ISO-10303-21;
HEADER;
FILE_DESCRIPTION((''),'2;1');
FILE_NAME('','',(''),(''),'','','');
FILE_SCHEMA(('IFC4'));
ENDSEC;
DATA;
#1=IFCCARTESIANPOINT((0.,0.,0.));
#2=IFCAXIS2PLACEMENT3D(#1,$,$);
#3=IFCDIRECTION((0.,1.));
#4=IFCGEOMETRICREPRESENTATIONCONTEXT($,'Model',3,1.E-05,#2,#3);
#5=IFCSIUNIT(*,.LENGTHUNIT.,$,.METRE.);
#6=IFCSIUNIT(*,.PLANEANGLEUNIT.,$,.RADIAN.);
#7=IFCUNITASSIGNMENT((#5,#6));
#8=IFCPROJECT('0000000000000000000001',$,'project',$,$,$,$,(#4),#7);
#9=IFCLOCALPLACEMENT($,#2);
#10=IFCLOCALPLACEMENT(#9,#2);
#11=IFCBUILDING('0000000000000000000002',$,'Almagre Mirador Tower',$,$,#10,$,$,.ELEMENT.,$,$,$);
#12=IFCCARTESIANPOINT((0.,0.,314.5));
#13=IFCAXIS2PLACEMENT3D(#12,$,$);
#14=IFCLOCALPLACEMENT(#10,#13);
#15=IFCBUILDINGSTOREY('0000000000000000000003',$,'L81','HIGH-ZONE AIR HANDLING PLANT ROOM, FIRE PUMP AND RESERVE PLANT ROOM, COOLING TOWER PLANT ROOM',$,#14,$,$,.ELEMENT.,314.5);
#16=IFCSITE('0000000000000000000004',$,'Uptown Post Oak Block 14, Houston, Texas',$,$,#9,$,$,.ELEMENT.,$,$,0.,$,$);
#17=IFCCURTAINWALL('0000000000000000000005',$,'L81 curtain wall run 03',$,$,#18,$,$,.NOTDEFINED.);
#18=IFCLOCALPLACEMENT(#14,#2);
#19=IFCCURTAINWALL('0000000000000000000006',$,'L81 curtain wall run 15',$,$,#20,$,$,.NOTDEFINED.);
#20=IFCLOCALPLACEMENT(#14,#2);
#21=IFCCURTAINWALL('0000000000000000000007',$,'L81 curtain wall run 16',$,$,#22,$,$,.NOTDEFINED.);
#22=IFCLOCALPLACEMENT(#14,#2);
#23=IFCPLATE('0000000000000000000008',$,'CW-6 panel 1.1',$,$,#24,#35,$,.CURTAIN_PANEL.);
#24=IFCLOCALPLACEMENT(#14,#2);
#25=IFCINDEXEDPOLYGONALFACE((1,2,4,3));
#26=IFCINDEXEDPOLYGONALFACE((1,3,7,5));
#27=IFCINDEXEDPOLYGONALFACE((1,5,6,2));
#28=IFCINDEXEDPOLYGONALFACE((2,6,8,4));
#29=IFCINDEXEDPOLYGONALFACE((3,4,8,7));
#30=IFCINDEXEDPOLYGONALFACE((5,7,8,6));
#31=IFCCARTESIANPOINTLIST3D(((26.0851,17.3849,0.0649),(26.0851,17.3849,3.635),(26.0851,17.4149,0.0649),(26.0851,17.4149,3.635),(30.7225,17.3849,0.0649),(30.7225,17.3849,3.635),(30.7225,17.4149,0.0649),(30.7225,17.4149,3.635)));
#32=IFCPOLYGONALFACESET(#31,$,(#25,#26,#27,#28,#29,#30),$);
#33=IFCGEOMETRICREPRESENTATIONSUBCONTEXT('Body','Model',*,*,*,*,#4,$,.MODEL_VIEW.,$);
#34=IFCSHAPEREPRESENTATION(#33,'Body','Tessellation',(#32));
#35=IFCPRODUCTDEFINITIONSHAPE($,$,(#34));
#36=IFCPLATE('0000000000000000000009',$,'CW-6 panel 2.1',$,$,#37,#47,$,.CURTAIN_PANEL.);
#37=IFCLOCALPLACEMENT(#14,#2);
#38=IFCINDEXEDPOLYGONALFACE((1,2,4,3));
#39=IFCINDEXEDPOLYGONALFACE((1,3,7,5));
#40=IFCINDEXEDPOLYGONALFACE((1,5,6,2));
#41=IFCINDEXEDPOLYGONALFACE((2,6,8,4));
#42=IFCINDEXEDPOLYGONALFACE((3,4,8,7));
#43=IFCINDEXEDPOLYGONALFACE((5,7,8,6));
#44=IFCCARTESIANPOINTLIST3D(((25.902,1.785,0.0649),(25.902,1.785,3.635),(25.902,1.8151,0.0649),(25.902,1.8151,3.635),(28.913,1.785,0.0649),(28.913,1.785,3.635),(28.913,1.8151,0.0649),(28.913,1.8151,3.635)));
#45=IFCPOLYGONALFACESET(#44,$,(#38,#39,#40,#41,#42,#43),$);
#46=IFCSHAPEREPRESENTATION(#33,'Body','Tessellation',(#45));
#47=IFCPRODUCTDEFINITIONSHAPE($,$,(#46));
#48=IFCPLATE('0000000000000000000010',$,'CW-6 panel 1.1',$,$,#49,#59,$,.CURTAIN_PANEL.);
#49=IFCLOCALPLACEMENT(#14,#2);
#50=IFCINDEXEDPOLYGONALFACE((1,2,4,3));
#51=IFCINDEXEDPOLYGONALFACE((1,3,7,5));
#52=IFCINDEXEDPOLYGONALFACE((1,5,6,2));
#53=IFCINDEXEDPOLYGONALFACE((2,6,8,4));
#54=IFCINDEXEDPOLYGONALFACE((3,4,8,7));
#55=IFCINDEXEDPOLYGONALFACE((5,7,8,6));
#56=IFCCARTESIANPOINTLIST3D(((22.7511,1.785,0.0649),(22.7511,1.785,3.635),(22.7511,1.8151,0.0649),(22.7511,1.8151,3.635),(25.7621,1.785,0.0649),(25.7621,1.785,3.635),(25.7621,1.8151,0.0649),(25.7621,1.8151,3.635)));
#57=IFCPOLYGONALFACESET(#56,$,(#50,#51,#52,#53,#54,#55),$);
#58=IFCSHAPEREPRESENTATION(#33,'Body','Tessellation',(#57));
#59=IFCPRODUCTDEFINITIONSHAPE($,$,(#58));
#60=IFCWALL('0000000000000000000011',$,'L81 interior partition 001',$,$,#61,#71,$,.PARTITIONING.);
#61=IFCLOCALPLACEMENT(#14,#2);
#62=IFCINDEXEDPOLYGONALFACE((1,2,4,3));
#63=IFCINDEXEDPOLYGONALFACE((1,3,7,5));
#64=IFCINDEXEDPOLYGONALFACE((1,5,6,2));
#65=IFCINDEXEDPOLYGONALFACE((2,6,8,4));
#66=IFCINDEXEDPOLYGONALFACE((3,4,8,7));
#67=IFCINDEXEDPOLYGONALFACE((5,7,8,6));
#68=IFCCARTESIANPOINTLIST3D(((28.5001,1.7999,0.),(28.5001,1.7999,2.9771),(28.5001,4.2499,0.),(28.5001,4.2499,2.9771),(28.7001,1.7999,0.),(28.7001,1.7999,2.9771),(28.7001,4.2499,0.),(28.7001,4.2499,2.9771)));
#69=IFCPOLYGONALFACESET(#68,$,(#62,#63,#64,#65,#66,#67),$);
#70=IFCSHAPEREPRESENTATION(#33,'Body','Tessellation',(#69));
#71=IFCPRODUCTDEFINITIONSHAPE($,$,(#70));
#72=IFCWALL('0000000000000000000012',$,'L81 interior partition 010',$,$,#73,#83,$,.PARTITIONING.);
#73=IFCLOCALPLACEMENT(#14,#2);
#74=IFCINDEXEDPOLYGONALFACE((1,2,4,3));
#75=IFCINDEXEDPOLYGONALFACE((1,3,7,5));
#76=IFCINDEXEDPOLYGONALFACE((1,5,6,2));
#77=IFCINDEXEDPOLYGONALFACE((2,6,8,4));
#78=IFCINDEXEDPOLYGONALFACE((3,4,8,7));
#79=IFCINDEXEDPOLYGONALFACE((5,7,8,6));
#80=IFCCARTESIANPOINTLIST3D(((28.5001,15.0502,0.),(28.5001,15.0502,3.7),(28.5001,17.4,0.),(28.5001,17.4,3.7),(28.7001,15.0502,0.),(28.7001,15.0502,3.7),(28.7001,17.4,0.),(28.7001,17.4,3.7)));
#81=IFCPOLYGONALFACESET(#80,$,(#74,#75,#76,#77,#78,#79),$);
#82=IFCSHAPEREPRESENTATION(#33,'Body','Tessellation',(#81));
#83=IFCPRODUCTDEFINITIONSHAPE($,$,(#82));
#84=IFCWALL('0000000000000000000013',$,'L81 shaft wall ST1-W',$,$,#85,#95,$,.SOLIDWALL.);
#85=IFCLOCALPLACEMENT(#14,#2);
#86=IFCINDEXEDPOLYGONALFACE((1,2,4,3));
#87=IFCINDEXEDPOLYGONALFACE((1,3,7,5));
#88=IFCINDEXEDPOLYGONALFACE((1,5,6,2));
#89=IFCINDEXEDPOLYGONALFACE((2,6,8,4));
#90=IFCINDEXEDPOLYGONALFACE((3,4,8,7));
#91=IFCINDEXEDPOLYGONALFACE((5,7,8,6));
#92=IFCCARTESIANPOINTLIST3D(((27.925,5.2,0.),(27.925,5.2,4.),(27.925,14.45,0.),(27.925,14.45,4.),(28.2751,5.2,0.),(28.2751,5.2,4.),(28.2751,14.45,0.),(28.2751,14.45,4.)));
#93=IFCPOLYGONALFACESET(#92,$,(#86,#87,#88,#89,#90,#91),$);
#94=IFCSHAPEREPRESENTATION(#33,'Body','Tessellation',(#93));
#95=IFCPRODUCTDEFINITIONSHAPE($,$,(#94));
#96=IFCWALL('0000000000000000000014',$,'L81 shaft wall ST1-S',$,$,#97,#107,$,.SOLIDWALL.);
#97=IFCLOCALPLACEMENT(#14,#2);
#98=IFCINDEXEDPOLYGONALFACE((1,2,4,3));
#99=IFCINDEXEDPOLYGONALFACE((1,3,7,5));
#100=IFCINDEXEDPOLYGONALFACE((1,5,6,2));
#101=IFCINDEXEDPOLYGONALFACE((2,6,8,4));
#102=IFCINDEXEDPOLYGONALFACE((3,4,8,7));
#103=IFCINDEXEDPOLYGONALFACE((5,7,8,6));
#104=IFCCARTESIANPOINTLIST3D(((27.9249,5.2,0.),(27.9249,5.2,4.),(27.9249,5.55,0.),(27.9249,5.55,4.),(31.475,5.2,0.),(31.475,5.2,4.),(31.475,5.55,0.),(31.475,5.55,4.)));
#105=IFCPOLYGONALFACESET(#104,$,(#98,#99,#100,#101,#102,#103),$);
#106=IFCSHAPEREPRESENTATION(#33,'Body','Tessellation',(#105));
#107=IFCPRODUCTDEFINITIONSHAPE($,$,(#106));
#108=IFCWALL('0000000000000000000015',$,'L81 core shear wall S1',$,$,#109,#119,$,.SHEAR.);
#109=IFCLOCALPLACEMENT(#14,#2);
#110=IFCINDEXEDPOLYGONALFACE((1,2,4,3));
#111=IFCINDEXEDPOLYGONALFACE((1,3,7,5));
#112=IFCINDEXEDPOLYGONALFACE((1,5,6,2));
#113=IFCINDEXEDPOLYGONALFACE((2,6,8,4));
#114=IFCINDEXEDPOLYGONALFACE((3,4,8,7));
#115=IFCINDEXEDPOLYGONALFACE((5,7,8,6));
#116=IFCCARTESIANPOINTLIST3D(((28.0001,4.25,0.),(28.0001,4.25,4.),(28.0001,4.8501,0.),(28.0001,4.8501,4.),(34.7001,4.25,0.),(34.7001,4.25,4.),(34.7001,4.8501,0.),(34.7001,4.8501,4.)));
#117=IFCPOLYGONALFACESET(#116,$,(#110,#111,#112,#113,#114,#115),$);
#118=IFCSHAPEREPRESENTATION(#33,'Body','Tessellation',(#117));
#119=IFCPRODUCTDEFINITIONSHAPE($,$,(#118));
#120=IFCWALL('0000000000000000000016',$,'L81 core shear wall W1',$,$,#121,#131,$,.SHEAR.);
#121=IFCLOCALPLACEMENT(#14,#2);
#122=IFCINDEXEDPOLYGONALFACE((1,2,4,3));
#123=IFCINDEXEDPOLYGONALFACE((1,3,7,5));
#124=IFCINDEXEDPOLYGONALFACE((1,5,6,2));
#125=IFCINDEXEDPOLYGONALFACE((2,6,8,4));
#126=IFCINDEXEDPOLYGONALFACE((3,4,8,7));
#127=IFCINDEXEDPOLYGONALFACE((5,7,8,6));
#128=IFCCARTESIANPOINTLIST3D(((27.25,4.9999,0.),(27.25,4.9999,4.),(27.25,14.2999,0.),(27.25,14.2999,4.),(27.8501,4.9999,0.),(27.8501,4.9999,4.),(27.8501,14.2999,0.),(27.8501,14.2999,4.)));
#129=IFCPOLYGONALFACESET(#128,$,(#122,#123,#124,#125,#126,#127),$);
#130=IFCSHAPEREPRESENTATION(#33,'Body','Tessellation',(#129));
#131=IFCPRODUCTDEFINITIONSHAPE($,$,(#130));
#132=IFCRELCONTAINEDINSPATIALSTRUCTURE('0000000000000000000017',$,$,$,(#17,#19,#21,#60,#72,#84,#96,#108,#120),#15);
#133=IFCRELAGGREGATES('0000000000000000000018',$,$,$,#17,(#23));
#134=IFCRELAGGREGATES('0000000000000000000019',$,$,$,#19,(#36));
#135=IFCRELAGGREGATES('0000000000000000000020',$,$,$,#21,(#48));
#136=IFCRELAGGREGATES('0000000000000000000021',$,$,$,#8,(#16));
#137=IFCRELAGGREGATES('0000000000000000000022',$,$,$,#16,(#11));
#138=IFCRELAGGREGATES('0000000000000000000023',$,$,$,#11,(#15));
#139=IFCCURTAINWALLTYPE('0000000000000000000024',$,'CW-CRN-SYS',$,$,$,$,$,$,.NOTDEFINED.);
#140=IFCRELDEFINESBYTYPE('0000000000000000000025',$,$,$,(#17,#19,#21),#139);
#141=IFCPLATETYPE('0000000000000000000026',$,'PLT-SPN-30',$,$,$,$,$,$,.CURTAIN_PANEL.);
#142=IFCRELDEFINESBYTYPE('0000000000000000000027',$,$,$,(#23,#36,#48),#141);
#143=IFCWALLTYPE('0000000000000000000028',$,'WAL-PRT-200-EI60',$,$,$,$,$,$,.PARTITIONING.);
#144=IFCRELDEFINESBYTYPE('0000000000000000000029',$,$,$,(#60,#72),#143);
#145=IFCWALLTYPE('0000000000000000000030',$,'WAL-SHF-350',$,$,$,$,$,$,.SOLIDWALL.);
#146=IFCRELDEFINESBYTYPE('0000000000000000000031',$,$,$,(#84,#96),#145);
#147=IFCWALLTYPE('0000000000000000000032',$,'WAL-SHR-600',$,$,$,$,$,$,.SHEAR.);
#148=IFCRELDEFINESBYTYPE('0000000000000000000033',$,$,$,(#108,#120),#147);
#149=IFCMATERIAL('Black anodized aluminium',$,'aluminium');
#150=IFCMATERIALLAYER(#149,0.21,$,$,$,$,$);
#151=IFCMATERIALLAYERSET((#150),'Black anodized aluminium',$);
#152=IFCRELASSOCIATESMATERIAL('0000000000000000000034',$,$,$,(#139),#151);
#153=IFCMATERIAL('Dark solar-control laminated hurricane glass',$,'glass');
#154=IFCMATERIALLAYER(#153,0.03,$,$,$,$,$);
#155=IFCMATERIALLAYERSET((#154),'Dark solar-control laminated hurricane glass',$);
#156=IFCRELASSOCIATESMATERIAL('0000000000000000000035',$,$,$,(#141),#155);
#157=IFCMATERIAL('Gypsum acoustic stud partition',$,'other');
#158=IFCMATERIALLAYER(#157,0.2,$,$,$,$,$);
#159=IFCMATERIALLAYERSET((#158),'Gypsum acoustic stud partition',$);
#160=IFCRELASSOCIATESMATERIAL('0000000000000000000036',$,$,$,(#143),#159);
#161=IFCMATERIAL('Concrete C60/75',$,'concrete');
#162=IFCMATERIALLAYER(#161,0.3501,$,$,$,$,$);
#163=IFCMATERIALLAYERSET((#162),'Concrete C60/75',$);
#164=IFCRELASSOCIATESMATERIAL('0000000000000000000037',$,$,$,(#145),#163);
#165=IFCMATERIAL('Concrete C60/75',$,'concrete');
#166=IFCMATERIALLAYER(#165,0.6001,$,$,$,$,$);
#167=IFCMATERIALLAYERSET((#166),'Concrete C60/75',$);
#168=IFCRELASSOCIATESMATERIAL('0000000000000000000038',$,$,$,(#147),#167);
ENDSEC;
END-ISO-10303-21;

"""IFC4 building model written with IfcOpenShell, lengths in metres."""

from ifc_helpers import new_model, si_unit, direction, frame, frame_2d, origin, origin_2d, place, context, subcontext, project, spatial, rectangle, extrude, material, layer, layer_set, type_object, element, aggregate, save


model = new_model("IFC4")

# Units and contexts
model_context = context("Model", 3, precision=1e-05, world=origin(), true_north=direction((0.0, 1.0)))
body_context = subcontext(model_context, "Body", "Model", "MODEL_VIEW")
ifc_project = project(units=[si_unit("LENGTHUNIT", "METRE"), si_unit("PLANEANGLEUNIT", "RADIAN")], contexts=[model_context])

# Site, building, storey
site_placement = place(None, origin())
site = spatial("IfcSite", under=ifc_project, at=site_placement, Name="Uptown Post Oak Block 14, Houston, Texas", CompositionType="ELEMENT", RefElevation=0.0)
building_placement = place(site_placement, origin())
building = spatial("IfcBuilding", under=site, at=building_placement, Name="Almagre Mirador Tower", CompositionType="ELEMENT")
storey_placement = place(building_placement, frame((0.0, 0.0, 314.5)))
storey = spatial("IfcBuildingStorey", under=building, at=storey_placement, Name="L81", Description="HIGH-ZONE AIR HANDLING PLANT ROOM, FIRE PUMP AND RESERVE PLANT ROOM, COOLING TOWER PLANT ROOM", CompositionType="ELEMENT", Elevation=314.5)

# Shared definitions
ifc_material_1 = material(Name="Black anodized aluminium", Category="aluminium")
ifc_layer_1 = layer(ifc_material_1, 0.21)
ifc_layer_set_1 = layer_set([ifc_layer_1], Name="Black anodized aluminium")
curtain_wall_type = type_object("IfcCurtainWallType", Name="CW-CRN-SYS", PredefinedType="NOTDEFINED", material=ifc_layer_set_1)

# Curtain walls
curtain_wall_1_placement = place(storey_placement, origin())
curtain_wall_1 = element("IfcCurtainWall", 1, at=curtain_wall_1_placement, inside=storey, type_object=curtain_wall_type, Name="L81 curtain wall run 03", PredefinedType="NOTDEFINED")
curtain_wall_2_placement = place(storey_placement, origin())
curtain_wall_2 = element("IfcCurtainWall", 2, at=curtain_wall_2_placement, inside=storey, type_object=curtain_wall_type, Name="L81 curtain wall run 15", PredefinedType="NOTDEFINED")
curtain_wall_3_placement = place(storey_placement, origin())
curtain_wall_3 = element("IfcCurtainWall", 3, at=curtain_wall_3_placement, inside=storey, type_object=curtain_wall_type, Name="L81 curtain wall run 16", PredefinedType="NOTDEFINED")

# Plates
ifc_material_2 = material(Name="Dark solar-control laminated hurricane glass", Category="glass")
ifc_layer_2 = layer(ifc_material_2, 0.03)
ifc_layer_set_2 = layer_set([ifc_layer_2], Name="Dark solar-control laminated hurricane glass")
plate_type = type_object("IfcPlateType", Name="PLT-SPN-30", PredefinedType="CURTAIN_PANEL", material=ifc_layer_set_2)
plate_1_placement = place(storey_placement, frame((28.4038, 17.3999, 0.0649), z_axis=(0.0, 0.0, 1.0), x_axis=(1.0, 0.0, 0.0)))
plate_1 = element("IfcPlate", 4, at=plate_1_placement, type_object=plate_type, Name="CW-6 panel 1.1", PredefinedType="CURTAIN_PANEL", context=body_context, shape_type="SweptSolid", body=[
    extrude(rectangle(XDim=4.6375, YDim=0.03, at=origin_2d()), origin(), (0.0, 0.0, 1.0), 3.5701),
])
aggregate(curtain_wall_1, [plate_1])
plate_2_placement = place(storey_placement, frame((27.4075, 1.8, 0.0649), z_axis=(0.0, 0.0, 1.0), x_axis=(-1.0, 0.0, 0.0)))
plate_2 = element("IfcPlate", 5, at=plate_2_placement, type_object=plate_type, Name="CW-6 panel 2.1", PredefinedType="CURTAIN_PANEL", context=body_context, shape_type="SweptSolid", body=[
    extrude(rectangle(XDim=3.011, YDim=0.03, at=origin_2d()), origin(), (0.0, 0.0, 1.0), 3.5701),
])
aggregate(curtain_wall_2, [plate_2])
plate_3_placement = place(storey_placement, frame((24.2566, 1.8, 0.0649), z_axis=(0.0, 0.0, 1.0), x_axis=(-1.0, 0.0, 0.0)))
plate_3 = element("IfcPlate", 6, at=plate_3_placement, type_object=plate_type, Name="CW-6 panel 1.1", PredefinedType="CURTAIN_PANEL", context=body_context, shape_type="SweptSolid", body=[
    extrude(rectangle(XDim=3.011, YDim=0.03, at=origin_2d()), origin(), (0.0, 0.0, 1.0), 3.5701),
])
aggregate(curtain_wall_3, [plate_3])

# Walls
ifc_material_3 = material(Name="Gypsum acoustic stud partition", Category="other")
ifc_layer_3 = layer(ifc_material_3, 0.2)
ifc_layer_set_3 = layer_set([ifc_layer_3], Name="Gypsum acoustic stud partition")
wall_type_1 = type_object("IfcWallType", Name="WAL-PRT-200-EI60", PredefinedType="PARTITIONING", material=ifc_layer_set_3)
wall_1_placement = place(storey_placement, frame((28.6001, 4.25, 0.0), z_axis=(0.0, 0.0, 1.0), x_axis=(0.0, -1.0, 0.0)))
element("IfcWall", 7, at=wall_1_placement, inside=storey, type_object=wall_type_1, Name="L81 interior partition 001", PredefinedType="PARTITIONING", context=body_context, shape_type="SweptSolid", body=[
    extrude(rectangle(XDim=2.45, YDim=0.2, at=frame_2d((1.2251, 0.0))), origin(), (0.0, 0.0, 1.0), 2.9771),
])
wall_2_placement = place(storey_placement, frame((28.6001, 17.3999, 0.0), z_axis=(0.0, 0.0, 1.0), x_axis=(0.0, -1.0, 0.0)))
element("IfcWall", 8, at=wall_2_placement, inside=storey, type_object=wall_type_1, Name="L81 interior partition 010", PredefinedType="PARTITIONING", context=body_context, shape_type="SweptSolid", body=[
    extrude(rectangle(XDim=2.3499, YDim=0.2, at=frame_2d((1.1748, 0.0))), origin(), (0.0, 0.0, 1.0), 3.7),
])
ifc_material_4 = material(Name="Concrete C60/75", Category="concrete")
ifc_layer_4 = layer(ifc_material_4, 0.3501)
ifc_layer_set_4 = layer_set([ifc_layer_4], Name="Concrete C60/75")
wall_type_2 = type_object("IfcWallType", Name="WAL-SHF-350", PredefinedType="SOLIDWALL", material=ifc_layer_set_4)
wall_3_placement = place(storey_placement, frame((28.1001, 5.2, 0.0), z_axis=(0.0, 0.0, 1.0), x_axis=(0.0, 1.0, 0.0)))
element("IfcWall", 9, at=wall_3_placement, inside=storey, type_object=wall_type_2, Name="L81 shaft wall ST1-W", PredefinedType="SOLIDWALL", context=body_context, shape_type="SweptSolid", body=[
    extrude(rectangle(XDim=9.25, YDim=0.3501, at=frame_2d((4.625, 0.0))), origin(), (0.0, 0.0, 1.0), 4.0),
])
wall_4_placement = place(storey_placement, frame((27.925, 5.375, 0.0), z_axis=(0.0, 0.0, 1.0), x_axis=(1.0, 0.0, 0.0)))
element("IfcWall", 10, at=wall_4_placement, inside=storey, type_object=wall_type_2, Name="L81 shaft wall ST1-S", PredefinedType="SOLIDWALL", context=body_context, shape_type="SweptSolid", body=[
    extrude(rectangle(XDim=3.55, YDim=0.3501, at=frame_2d((1.7749, 0.0))), origin(), (0.0, 0.0, 1.0), 4.0),
])
ifc_material_5 = material(Name="Concrete C60/75", Category="concrete")
ifc_layer_5 = layer(ifc_material_5, 0.6001)
ifc_layer_set_5 = layer_set([ifc_layer_5], Name="Concrete C60/75")
wall_type_3 = type_object("IfcWallType", Name="WAL-SHR-600", PredefinedType="SHEAR", material=ifc_layer_set_5)
wall_5_placement = place(storey_placement, frame((28.0, 4.55, 0.0), z_axis=(0.0, 0.0, 1.0), x_axis=(1.0, 0.0, 0.0)))
element("IfcWall", 11, at=wall_5_placement, inside=storey, type_object=wall_type_3, Name="L81 core shear wall S1", PredefinedType="SHEAR", context=body_context, shape_type="SweptSolid", body=[
    extrude(rectangle(XDim=6.7, YDim=0.6001, at=frame_2d((3.3501, 0.0))), origin(), (0.0, 0.0, 1.0), 4.0),
])

# Wall
wall_6_placement = place(storey_placement, frame((27.55, 5.0, 0.0), z_axis=(0.0, 0.0, 1.0), x_axis=(0.0, 1.0, 0.0)))
element("IfcWall", 12, at=wall_6_placement, inside=storey, type_object=wall_type_3, Name="L81 core shear wall W1", PredefinedType="SHEAR", context=body_context, shape_type="SweptSolid", body=[
    extrude(rectangle(XDim=9.3, YDim=0.6001, at=frame_2d((4.6499, 0.0))), origin(), (0.0, 0.0, 1.0), 4.0),
])

save(model, "model.ifc")
